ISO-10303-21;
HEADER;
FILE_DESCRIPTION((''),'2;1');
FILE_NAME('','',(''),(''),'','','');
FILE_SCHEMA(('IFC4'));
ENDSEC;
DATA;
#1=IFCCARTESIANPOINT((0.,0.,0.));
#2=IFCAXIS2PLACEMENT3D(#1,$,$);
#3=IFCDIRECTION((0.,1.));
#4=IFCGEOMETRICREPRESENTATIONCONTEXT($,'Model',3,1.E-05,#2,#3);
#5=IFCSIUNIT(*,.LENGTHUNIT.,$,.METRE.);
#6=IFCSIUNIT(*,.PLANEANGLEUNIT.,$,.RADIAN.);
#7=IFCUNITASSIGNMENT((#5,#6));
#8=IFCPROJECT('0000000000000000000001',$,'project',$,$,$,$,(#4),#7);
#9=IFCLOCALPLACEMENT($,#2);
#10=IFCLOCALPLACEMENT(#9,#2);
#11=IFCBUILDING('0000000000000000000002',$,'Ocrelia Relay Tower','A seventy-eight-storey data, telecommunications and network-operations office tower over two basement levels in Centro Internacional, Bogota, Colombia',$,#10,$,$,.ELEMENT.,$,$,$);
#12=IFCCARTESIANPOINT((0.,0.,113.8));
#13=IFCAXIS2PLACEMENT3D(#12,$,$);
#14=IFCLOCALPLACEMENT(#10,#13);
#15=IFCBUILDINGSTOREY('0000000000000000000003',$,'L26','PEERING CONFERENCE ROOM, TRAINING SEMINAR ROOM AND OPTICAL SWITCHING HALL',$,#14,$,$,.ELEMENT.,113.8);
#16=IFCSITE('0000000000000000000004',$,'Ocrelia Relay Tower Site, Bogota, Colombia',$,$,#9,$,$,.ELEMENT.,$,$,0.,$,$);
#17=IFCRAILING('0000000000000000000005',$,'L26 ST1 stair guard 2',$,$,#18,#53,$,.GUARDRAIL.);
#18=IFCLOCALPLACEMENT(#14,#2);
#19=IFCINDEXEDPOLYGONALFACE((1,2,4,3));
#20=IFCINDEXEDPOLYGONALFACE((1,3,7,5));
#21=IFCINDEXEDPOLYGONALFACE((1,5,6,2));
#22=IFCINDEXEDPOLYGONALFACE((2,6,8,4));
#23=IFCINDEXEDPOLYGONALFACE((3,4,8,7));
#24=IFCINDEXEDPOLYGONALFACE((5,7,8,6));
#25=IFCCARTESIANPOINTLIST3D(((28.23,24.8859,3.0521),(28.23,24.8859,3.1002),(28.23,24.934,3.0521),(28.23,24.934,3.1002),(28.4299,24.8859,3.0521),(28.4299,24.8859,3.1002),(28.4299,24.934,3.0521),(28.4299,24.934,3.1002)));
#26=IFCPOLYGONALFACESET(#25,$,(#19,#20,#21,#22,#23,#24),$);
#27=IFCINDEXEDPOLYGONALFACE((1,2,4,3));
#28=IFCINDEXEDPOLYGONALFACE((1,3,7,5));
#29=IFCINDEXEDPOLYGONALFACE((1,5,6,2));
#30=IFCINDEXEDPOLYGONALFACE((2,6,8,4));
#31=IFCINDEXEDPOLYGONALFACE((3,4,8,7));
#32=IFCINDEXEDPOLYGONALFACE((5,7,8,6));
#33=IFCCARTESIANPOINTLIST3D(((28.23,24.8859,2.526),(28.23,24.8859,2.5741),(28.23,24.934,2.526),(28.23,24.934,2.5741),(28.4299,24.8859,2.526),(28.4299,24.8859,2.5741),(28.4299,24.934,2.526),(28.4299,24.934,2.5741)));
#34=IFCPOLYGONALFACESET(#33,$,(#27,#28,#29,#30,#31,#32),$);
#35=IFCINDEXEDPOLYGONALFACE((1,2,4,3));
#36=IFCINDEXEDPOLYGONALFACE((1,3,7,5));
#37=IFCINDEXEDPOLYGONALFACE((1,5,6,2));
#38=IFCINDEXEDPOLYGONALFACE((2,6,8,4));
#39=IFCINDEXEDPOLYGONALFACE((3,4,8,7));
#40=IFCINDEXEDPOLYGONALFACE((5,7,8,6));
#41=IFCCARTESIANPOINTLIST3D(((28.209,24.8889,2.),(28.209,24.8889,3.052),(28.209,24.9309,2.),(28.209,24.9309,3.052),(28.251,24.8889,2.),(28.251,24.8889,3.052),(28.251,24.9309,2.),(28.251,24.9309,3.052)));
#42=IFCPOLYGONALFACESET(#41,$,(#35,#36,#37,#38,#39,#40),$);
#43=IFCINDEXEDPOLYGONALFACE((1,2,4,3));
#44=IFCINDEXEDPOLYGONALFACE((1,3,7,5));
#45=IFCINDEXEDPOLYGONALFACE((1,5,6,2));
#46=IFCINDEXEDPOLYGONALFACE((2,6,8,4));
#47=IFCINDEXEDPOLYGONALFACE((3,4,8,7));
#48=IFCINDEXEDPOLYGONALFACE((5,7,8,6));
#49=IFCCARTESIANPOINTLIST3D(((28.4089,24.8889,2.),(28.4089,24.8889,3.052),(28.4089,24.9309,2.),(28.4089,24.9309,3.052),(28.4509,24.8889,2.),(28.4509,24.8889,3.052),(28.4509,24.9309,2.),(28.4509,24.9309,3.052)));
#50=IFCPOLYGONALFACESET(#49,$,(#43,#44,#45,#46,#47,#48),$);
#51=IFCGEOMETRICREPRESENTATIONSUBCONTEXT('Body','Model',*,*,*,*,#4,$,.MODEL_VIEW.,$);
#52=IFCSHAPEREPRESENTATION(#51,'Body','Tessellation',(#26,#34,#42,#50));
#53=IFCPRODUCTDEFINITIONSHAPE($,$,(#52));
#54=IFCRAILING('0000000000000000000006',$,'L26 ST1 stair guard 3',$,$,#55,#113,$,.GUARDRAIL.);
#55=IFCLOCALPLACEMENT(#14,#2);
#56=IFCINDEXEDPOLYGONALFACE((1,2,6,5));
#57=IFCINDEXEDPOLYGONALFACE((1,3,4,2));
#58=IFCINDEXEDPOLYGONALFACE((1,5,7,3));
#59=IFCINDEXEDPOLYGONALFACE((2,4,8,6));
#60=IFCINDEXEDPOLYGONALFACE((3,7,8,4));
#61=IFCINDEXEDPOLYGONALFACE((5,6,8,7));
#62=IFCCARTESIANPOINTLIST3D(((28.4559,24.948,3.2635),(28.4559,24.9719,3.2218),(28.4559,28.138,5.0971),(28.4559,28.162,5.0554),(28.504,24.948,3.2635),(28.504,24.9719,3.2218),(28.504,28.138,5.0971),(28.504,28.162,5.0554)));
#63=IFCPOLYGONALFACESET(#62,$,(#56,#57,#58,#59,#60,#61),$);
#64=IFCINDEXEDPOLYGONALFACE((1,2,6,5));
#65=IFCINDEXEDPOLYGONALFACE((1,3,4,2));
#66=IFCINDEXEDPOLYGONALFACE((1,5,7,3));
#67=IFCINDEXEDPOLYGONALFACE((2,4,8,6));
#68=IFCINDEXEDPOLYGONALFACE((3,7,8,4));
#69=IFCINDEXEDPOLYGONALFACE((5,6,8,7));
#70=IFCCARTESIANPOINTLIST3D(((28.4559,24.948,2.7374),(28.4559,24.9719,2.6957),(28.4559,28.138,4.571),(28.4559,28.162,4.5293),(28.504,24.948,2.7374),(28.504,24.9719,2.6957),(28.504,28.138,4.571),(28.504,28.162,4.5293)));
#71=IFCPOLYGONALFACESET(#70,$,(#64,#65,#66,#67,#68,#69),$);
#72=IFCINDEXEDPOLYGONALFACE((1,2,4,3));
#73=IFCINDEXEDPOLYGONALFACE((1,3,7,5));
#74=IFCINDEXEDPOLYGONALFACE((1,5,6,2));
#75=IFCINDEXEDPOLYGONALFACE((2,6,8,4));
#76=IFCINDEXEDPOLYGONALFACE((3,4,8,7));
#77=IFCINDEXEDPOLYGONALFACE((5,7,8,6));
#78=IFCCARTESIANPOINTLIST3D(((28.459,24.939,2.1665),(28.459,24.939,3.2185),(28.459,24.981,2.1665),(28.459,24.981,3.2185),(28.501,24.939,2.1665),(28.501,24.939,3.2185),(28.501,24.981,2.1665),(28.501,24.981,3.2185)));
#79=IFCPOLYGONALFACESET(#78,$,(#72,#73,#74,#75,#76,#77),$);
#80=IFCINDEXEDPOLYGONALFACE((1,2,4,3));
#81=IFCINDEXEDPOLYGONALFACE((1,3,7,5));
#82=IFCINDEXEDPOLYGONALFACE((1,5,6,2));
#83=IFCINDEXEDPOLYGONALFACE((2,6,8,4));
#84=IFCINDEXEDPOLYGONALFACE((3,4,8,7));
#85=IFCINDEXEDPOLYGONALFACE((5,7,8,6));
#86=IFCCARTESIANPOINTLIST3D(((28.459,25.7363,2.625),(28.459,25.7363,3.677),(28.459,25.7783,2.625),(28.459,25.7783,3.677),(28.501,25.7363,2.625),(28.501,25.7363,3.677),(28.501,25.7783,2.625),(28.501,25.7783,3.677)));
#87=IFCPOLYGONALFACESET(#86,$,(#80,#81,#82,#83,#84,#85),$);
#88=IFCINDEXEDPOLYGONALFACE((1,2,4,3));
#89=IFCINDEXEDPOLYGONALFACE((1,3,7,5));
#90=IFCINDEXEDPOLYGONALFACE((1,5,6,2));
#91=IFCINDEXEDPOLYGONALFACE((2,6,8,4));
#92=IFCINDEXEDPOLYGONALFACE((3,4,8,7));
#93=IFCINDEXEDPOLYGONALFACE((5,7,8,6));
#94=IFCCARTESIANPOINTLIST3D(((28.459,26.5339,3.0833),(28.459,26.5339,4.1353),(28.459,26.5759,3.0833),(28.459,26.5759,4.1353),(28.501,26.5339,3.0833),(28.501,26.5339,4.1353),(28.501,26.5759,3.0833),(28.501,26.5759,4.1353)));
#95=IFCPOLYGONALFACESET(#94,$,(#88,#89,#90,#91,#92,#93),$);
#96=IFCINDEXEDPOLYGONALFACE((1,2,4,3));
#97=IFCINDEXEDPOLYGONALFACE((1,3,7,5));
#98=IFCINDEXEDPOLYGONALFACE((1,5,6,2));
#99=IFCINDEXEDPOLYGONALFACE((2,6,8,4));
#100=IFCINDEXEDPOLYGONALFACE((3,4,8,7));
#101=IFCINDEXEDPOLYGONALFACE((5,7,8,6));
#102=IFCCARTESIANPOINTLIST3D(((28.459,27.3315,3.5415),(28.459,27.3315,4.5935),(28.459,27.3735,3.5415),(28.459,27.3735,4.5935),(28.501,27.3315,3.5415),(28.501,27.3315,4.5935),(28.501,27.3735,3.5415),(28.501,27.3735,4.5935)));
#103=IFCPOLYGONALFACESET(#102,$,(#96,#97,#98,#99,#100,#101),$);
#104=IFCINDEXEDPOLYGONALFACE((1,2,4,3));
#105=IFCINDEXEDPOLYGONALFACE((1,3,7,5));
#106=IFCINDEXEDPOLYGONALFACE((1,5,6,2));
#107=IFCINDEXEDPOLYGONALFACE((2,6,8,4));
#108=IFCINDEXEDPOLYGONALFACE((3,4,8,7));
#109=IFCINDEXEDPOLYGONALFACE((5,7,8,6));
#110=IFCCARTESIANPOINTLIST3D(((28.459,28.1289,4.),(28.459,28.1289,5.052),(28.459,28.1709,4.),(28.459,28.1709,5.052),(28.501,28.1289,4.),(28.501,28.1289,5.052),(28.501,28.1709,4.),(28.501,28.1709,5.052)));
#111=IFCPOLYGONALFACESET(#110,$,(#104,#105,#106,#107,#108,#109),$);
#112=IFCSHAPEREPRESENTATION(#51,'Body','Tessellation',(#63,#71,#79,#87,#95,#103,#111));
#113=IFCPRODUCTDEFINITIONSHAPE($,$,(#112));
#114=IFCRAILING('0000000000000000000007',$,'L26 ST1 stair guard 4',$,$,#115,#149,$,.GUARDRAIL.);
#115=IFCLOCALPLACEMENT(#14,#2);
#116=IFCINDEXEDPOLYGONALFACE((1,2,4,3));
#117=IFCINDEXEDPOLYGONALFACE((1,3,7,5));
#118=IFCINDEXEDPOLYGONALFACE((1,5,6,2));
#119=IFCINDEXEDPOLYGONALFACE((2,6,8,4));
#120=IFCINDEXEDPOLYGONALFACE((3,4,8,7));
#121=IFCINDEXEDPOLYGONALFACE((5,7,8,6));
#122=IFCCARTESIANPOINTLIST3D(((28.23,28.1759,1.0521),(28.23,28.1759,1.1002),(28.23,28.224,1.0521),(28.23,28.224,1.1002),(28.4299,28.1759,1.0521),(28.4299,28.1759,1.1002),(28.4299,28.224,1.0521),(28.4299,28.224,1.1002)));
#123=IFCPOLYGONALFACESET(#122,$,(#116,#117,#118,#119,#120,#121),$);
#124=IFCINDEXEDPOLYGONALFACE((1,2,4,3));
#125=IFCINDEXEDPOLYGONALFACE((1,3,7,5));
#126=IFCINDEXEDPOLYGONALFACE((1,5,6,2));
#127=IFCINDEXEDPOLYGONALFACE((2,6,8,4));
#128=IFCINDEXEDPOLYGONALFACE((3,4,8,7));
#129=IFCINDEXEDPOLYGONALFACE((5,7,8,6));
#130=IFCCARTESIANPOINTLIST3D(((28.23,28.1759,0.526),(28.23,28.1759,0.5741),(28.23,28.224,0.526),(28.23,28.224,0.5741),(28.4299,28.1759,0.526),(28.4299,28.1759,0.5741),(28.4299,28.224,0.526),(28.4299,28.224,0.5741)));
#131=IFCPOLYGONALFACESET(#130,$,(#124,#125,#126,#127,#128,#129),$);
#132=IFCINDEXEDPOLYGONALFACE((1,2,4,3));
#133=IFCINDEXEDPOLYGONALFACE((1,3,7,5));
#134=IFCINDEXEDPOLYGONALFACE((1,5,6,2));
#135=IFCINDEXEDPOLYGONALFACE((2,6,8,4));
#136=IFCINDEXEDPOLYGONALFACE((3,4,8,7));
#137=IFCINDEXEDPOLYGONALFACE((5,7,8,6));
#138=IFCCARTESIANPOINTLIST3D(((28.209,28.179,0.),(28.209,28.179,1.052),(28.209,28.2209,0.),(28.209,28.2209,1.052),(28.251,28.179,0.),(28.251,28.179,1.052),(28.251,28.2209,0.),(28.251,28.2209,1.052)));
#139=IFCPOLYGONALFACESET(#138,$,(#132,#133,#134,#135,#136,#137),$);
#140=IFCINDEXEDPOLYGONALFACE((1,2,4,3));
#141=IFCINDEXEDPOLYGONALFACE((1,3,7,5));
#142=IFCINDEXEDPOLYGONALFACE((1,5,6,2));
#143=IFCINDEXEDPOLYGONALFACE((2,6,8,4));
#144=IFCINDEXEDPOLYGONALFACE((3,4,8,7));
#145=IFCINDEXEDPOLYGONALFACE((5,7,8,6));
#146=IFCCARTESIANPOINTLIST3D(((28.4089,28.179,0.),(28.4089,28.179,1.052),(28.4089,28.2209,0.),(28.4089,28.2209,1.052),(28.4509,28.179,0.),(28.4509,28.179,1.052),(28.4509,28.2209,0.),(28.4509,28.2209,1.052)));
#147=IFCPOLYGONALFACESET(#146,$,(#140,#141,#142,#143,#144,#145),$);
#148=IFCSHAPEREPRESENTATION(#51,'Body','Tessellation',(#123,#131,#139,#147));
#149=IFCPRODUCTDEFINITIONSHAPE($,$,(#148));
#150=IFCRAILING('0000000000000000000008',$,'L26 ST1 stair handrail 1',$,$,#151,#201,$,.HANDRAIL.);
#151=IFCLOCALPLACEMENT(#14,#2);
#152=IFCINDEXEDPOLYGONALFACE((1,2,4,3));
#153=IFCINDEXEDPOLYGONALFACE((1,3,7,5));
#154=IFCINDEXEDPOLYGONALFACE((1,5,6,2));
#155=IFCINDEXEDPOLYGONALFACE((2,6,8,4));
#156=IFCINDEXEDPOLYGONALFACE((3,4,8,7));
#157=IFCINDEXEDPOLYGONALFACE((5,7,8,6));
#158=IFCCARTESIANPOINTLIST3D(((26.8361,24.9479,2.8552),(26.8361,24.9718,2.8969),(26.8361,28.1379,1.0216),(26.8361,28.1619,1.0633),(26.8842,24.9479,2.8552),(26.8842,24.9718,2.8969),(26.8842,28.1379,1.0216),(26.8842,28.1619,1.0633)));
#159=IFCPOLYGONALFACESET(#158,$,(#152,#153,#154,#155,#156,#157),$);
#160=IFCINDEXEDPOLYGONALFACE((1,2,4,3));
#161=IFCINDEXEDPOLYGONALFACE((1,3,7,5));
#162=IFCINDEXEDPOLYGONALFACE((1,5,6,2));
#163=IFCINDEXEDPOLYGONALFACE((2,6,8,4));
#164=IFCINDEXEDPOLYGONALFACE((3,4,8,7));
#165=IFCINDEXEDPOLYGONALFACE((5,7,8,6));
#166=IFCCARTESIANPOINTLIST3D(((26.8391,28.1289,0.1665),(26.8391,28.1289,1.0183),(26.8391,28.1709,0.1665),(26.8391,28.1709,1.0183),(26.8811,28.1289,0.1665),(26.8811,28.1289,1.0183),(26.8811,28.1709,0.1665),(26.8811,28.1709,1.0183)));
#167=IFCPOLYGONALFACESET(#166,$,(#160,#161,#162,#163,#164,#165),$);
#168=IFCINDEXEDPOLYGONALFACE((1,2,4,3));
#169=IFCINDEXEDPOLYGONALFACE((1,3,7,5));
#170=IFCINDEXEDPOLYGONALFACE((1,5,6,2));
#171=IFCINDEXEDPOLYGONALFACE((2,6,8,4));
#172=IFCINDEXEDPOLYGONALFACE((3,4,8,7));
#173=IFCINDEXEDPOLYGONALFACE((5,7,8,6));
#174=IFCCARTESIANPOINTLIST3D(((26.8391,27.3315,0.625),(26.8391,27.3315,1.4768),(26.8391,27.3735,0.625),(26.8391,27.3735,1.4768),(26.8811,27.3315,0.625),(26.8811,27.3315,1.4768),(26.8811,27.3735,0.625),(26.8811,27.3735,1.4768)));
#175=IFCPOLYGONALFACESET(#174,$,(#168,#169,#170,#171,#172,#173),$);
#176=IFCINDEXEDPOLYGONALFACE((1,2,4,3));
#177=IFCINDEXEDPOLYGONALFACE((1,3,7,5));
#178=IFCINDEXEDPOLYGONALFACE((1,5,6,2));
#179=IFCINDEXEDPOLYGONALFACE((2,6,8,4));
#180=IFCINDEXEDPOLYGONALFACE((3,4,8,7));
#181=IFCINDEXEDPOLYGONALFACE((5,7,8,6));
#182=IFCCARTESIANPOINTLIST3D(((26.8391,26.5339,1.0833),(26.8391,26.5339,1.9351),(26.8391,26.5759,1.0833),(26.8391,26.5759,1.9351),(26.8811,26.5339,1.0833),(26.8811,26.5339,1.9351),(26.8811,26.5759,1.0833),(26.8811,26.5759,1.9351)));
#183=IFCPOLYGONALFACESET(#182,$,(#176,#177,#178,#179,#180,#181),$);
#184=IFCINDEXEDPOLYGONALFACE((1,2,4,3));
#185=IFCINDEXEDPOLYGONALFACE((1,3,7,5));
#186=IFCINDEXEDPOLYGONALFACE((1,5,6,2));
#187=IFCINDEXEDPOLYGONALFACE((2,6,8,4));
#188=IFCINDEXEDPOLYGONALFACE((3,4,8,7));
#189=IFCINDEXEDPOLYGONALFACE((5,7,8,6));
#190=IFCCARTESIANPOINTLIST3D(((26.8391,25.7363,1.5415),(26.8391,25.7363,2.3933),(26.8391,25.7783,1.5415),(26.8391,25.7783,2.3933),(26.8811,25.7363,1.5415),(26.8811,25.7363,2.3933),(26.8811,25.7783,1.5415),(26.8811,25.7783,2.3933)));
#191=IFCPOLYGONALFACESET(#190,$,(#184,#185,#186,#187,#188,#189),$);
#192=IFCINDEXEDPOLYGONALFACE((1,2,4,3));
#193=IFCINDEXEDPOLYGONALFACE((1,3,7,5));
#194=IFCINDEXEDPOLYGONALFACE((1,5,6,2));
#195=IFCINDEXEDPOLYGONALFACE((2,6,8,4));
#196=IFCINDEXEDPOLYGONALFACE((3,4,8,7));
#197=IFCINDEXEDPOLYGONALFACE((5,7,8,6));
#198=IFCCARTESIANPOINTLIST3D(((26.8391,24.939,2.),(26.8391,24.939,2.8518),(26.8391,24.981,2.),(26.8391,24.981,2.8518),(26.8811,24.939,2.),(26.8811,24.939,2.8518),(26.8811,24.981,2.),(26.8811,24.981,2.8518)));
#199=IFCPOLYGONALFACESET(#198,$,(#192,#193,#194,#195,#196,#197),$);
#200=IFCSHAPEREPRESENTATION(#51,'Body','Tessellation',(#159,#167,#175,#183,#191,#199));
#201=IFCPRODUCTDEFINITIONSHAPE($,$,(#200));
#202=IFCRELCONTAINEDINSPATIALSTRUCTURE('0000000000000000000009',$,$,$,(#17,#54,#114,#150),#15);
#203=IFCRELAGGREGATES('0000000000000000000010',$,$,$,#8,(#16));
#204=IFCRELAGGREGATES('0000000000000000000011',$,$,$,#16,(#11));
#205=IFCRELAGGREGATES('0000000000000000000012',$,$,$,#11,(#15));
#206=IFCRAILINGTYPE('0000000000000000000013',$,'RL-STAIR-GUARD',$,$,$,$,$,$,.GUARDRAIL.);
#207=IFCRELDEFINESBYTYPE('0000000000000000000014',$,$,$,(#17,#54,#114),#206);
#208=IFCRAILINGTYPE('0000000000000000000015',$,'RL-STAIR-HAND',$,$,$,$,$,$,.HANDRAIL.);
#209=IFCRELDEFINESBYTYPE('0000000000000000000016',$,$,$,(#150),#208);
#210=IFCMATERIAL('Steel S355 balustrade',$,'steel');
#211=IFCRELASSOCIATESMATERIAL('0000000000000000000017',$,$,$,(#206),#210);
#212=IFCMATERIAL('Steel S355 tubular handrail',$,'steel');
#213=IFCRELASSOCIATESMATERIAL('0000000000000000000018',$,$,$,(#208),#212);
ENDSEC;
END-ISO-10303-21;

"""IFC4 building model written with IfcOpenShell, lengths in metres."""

from ifc_helpers import new_model, si_unit, direction, frame, origin, origin_2d, place, context, subcontext, project, spatial, rectangle, extrude, material, type_object, element, save


model = new_model("IFC4")

# Units and contexts
model_context = context("Model", 3, precision=1e-05, world=origin(), true_north=direction((0.0, 1.0)))
body_context = subcontext(model_context, "Body", "Model", "MODEL_VIEW")
ifc_project = project(units=[si_unit("LENGTHUNIT", "METRE"), si_unit("PLANEANGLEUNIT", "RADIAN")], contexts=[model_context])

# Site, building, storey
site_placement = place(None, origin())
site = spatial("IfcSite", under=ifc_project, at=site_placement, Name="Ocrelia Relay Tower Site, Bogota, Colombia", CompositionType="ELEMENT", RefElevation=0.0)
building_placement = place(site_placement, origin())
building = spatial("IfcBuilding", under=site, at=building_placement, Name="Ocrelia Relay Tower", Description="A seventy-eight-storey data, telecommunications and network-operations office tower over two basement levels in Centro Internacional, Bogota, Colombia", CompositionType="ELEMENT")
storey_placement = place(building_placement, frame((0.0, 0.0, 113.8)))
storey = spatial("IfcBuildingStorey", under=building, at=storey_placement, Name="L26", Description="PEERING CONFERENCE ROOM, TRAINING SEMINAR ROOM AND OPTICAL SWITCHING HALL", CompositionType="ELEMENT", Elevation=113.8)

# Railings
ifc_material_1 = material(Name="Steel S355 balustrade", Category="steel")
railing_type_1 = type_object("IfcRailingType", Name="RL-STAIR-GUARD", PredefinedType="GUARDRAIL", material=ifc_material_1)
railing_1_placement = place(storey_placement, frame((28.23, 24.9099, 2.0)))
element("IfcRailing", 1, at=railing_1_placement, inside=storey, type_object=railing_type_1, Name="L26 ST1 stair guard 2", PredefinedType="GUARDRAIL", context=body_context, shape_type="SweptSolid", body=[
    extrude(rectangle(XDim=0.0481, YDim=0.0481, at=origin_2d()), frame((0.0, 0.0, 1.0762), z_axis=(1.0, 0.0, 0.0), x_axis=(0.0, 1.0, 0.0)), (0.0, 0.0, 1.0), 0.2),
    extrude(rectangle(XDim=0.0481, YDim=0.0481, at=origin_2d()), frame((0.0, 0.0, 0.55), z_axis=(1.0, 0.0, 0.0), x_axis=(0.0, 1.0, 0.0)), (0.0, 0.0, 1.0), 0.2),
    extrude(rectangle(XDim=0.042, YDim=0.042, at=origin_2d()), origin(), (0.0, 0.0, 1.0), 1.052),
    extrude(rectangle(XDim=0.042, YDim=0.042, at=origin_2d()), frame((0.2, 0.0, 0.0)), (0.0, 0.0, 1.0), 1.052),
])
railing_2_placement = place(storey_placement, frame((28.48, 24.96, 2.1665)))
element("IfcRailing", 2, at=railing_2_placement, inside=storey, type_object=railing_type_1, Name="L26 ST1 stair guard 3", PredefinedType="GUARDRAIL", context=body_context, shape_type="SweptSolid", body=[
    extrude(rectangle(XDim=0.0481, YDim=0.0481, at=origin_2d()), frame((0.0, 0.0, 1.0762), z_axis=(0.0, 0.866991, 0.498324), x_axis=(-1.0, 0.0, 0.0)), (0.0, 0.0, 1.0), 3.6794),
    extrude(rectangle(XDim=0.0481, YDim=0.0481, at=origin_2d()), frame((0.0, 0.0, 0.55), z_axis=(0.0, 0.866991, 0.498324), x_axis=(-1.0, 0.0, 0.0)), (0.0, 0.0, 1.0), 3.6794),
    extrude(rectangle(XDim=0.042, YDim=0.042, at=origin_2d()), origin(), (0.0, 0.0, 1.0), 1.052),
    extrude(rectangle(XDim=0.042, YDim=0.042, at=origin_2d()), frame((0.0, 0.7974, 0.4585)), (0.0, 0.0, 1.0), 1.052),
    extrude(rectangle(XDim=0.042, YDim=0.042, at=origin_2d()), frame((0.0, 1.595, 0.9167)), (0.0, 0.0, 1.0), 1.052),
    extrude(rectangle(XDim=0.042, YDim=0.042, at=origin_2d()), frame((0.0, 2.3926, 1.375)), (0.0, 0.0, 1.0), 1.052),
    extrude(rectangle(XDim=0.042, YDim=0.042, at=origin_2d()), frame((0.0, 3.1899, 1.8335)), (0.0, 0.0, 1.0), 1.052),
])
railing_3_placement = place(storey_placement, frame((28.23, 28.2, 0.0)))
element("IfcRailing", 3, at=railing_3_placement, inside=storey, type_object=railing_type_1, Name="L26 ST1 stair guard 4", PredefinedType="GUARDRAIL", context=body_context, shape_type="SweptSolid", body=[
    extrude(rectangle(XDim=0.0481, YDim=0.0481, at=origin_2d()), frame((0.0, 0.0, 1.0762), z_axis=(1.0, 0.0, 0.0), x_axis=(0.0, 1.0, 0.0)), (0.0, 0.0, 1.0), 0.2),
    extrude(rectangle(XDim=0.0481, YDim=0.0481, at=origin_2d()), frame((0.0, 0.0, 0.55), z_axis=(1.0, 0.0, 0.0), x_axis=(0.0, 1.0, 0.0)), (0.0, 0.0, 1.0), 0.2),
    extrude(rectangle(XDim=0.042, YDim=0.042, at=origin_2d()), origin(), (0.0, 0.0, 1.0), 1.052),
    extrude(rectangle(XDim=0.042, YDim=0.042, at=origin_2d()), frame((0.2, 0.0, 0.0)), (0.0, 0.0, 1.0), 1.052),
])
ifc_material_2 = material(Name="Steel S355 tubular handrail", Category="steel")
railing_type_2 = type_object("IfcRailingType", Name="RL-STAIR-HAND", PredefinedType="HANDRAIL", material=ifc_material_2)
railing_4_placement = place(storey_placement, frame((26.8601, 28.1499, 0.1665)))
element("IfcRailing", 4, at=railing_4_placement, inside=storey, type_object=railing_type_2, Name="L26 ST1 stair handrail 1", PredefinedType="HANDRAIL", context=body_context, shape_type="SweptSolid", body=[
    extrude(rectangle(XDim=0.0481, YDim=0.0481, at=origin_2d()), frame((0.0, 0.0, 0.876), z_axis=(0.0, -0.866991, 0.498324), x_axis=(1.0, 0.0, 0.0)), (0.0, 0.0, 1.0), 3.6794),
    extrude(rectangle(XDim=0.042, YDim=0.042, at=origin_2d()), origin(), (0.0, 0.0, 1.0), 0.8518),
    extrude(rectangle(XDim=0.042, YDim=0.042, at=origin_2d()), frame((0.0, -0.7974, 0.4585)), (0.0, 0.0, 1.0), 0.8518),
    extrude(rectangle(XDim=0.042, YDim=0.042, at=origin_2d()), frame((0.0, -1.595, 0.9167)), (0.0, 0.0, 1.0), 0.8518),
    extrude(rectangle(XDim=0.042, YDim=0.042, at=origin_2d()), frame((0.0, -2.3926, 1.375)), (0.0, 0.0, 1.0), 0.8518),
    extrude(rectangle(XDim=0.042, YDim=0.042, at=origin_2d()), frame((0.0, -3.1899, 1.8335)), (0.0, 0.0, 1.0), 0.8518),
])

save(model, "model.ifc")
